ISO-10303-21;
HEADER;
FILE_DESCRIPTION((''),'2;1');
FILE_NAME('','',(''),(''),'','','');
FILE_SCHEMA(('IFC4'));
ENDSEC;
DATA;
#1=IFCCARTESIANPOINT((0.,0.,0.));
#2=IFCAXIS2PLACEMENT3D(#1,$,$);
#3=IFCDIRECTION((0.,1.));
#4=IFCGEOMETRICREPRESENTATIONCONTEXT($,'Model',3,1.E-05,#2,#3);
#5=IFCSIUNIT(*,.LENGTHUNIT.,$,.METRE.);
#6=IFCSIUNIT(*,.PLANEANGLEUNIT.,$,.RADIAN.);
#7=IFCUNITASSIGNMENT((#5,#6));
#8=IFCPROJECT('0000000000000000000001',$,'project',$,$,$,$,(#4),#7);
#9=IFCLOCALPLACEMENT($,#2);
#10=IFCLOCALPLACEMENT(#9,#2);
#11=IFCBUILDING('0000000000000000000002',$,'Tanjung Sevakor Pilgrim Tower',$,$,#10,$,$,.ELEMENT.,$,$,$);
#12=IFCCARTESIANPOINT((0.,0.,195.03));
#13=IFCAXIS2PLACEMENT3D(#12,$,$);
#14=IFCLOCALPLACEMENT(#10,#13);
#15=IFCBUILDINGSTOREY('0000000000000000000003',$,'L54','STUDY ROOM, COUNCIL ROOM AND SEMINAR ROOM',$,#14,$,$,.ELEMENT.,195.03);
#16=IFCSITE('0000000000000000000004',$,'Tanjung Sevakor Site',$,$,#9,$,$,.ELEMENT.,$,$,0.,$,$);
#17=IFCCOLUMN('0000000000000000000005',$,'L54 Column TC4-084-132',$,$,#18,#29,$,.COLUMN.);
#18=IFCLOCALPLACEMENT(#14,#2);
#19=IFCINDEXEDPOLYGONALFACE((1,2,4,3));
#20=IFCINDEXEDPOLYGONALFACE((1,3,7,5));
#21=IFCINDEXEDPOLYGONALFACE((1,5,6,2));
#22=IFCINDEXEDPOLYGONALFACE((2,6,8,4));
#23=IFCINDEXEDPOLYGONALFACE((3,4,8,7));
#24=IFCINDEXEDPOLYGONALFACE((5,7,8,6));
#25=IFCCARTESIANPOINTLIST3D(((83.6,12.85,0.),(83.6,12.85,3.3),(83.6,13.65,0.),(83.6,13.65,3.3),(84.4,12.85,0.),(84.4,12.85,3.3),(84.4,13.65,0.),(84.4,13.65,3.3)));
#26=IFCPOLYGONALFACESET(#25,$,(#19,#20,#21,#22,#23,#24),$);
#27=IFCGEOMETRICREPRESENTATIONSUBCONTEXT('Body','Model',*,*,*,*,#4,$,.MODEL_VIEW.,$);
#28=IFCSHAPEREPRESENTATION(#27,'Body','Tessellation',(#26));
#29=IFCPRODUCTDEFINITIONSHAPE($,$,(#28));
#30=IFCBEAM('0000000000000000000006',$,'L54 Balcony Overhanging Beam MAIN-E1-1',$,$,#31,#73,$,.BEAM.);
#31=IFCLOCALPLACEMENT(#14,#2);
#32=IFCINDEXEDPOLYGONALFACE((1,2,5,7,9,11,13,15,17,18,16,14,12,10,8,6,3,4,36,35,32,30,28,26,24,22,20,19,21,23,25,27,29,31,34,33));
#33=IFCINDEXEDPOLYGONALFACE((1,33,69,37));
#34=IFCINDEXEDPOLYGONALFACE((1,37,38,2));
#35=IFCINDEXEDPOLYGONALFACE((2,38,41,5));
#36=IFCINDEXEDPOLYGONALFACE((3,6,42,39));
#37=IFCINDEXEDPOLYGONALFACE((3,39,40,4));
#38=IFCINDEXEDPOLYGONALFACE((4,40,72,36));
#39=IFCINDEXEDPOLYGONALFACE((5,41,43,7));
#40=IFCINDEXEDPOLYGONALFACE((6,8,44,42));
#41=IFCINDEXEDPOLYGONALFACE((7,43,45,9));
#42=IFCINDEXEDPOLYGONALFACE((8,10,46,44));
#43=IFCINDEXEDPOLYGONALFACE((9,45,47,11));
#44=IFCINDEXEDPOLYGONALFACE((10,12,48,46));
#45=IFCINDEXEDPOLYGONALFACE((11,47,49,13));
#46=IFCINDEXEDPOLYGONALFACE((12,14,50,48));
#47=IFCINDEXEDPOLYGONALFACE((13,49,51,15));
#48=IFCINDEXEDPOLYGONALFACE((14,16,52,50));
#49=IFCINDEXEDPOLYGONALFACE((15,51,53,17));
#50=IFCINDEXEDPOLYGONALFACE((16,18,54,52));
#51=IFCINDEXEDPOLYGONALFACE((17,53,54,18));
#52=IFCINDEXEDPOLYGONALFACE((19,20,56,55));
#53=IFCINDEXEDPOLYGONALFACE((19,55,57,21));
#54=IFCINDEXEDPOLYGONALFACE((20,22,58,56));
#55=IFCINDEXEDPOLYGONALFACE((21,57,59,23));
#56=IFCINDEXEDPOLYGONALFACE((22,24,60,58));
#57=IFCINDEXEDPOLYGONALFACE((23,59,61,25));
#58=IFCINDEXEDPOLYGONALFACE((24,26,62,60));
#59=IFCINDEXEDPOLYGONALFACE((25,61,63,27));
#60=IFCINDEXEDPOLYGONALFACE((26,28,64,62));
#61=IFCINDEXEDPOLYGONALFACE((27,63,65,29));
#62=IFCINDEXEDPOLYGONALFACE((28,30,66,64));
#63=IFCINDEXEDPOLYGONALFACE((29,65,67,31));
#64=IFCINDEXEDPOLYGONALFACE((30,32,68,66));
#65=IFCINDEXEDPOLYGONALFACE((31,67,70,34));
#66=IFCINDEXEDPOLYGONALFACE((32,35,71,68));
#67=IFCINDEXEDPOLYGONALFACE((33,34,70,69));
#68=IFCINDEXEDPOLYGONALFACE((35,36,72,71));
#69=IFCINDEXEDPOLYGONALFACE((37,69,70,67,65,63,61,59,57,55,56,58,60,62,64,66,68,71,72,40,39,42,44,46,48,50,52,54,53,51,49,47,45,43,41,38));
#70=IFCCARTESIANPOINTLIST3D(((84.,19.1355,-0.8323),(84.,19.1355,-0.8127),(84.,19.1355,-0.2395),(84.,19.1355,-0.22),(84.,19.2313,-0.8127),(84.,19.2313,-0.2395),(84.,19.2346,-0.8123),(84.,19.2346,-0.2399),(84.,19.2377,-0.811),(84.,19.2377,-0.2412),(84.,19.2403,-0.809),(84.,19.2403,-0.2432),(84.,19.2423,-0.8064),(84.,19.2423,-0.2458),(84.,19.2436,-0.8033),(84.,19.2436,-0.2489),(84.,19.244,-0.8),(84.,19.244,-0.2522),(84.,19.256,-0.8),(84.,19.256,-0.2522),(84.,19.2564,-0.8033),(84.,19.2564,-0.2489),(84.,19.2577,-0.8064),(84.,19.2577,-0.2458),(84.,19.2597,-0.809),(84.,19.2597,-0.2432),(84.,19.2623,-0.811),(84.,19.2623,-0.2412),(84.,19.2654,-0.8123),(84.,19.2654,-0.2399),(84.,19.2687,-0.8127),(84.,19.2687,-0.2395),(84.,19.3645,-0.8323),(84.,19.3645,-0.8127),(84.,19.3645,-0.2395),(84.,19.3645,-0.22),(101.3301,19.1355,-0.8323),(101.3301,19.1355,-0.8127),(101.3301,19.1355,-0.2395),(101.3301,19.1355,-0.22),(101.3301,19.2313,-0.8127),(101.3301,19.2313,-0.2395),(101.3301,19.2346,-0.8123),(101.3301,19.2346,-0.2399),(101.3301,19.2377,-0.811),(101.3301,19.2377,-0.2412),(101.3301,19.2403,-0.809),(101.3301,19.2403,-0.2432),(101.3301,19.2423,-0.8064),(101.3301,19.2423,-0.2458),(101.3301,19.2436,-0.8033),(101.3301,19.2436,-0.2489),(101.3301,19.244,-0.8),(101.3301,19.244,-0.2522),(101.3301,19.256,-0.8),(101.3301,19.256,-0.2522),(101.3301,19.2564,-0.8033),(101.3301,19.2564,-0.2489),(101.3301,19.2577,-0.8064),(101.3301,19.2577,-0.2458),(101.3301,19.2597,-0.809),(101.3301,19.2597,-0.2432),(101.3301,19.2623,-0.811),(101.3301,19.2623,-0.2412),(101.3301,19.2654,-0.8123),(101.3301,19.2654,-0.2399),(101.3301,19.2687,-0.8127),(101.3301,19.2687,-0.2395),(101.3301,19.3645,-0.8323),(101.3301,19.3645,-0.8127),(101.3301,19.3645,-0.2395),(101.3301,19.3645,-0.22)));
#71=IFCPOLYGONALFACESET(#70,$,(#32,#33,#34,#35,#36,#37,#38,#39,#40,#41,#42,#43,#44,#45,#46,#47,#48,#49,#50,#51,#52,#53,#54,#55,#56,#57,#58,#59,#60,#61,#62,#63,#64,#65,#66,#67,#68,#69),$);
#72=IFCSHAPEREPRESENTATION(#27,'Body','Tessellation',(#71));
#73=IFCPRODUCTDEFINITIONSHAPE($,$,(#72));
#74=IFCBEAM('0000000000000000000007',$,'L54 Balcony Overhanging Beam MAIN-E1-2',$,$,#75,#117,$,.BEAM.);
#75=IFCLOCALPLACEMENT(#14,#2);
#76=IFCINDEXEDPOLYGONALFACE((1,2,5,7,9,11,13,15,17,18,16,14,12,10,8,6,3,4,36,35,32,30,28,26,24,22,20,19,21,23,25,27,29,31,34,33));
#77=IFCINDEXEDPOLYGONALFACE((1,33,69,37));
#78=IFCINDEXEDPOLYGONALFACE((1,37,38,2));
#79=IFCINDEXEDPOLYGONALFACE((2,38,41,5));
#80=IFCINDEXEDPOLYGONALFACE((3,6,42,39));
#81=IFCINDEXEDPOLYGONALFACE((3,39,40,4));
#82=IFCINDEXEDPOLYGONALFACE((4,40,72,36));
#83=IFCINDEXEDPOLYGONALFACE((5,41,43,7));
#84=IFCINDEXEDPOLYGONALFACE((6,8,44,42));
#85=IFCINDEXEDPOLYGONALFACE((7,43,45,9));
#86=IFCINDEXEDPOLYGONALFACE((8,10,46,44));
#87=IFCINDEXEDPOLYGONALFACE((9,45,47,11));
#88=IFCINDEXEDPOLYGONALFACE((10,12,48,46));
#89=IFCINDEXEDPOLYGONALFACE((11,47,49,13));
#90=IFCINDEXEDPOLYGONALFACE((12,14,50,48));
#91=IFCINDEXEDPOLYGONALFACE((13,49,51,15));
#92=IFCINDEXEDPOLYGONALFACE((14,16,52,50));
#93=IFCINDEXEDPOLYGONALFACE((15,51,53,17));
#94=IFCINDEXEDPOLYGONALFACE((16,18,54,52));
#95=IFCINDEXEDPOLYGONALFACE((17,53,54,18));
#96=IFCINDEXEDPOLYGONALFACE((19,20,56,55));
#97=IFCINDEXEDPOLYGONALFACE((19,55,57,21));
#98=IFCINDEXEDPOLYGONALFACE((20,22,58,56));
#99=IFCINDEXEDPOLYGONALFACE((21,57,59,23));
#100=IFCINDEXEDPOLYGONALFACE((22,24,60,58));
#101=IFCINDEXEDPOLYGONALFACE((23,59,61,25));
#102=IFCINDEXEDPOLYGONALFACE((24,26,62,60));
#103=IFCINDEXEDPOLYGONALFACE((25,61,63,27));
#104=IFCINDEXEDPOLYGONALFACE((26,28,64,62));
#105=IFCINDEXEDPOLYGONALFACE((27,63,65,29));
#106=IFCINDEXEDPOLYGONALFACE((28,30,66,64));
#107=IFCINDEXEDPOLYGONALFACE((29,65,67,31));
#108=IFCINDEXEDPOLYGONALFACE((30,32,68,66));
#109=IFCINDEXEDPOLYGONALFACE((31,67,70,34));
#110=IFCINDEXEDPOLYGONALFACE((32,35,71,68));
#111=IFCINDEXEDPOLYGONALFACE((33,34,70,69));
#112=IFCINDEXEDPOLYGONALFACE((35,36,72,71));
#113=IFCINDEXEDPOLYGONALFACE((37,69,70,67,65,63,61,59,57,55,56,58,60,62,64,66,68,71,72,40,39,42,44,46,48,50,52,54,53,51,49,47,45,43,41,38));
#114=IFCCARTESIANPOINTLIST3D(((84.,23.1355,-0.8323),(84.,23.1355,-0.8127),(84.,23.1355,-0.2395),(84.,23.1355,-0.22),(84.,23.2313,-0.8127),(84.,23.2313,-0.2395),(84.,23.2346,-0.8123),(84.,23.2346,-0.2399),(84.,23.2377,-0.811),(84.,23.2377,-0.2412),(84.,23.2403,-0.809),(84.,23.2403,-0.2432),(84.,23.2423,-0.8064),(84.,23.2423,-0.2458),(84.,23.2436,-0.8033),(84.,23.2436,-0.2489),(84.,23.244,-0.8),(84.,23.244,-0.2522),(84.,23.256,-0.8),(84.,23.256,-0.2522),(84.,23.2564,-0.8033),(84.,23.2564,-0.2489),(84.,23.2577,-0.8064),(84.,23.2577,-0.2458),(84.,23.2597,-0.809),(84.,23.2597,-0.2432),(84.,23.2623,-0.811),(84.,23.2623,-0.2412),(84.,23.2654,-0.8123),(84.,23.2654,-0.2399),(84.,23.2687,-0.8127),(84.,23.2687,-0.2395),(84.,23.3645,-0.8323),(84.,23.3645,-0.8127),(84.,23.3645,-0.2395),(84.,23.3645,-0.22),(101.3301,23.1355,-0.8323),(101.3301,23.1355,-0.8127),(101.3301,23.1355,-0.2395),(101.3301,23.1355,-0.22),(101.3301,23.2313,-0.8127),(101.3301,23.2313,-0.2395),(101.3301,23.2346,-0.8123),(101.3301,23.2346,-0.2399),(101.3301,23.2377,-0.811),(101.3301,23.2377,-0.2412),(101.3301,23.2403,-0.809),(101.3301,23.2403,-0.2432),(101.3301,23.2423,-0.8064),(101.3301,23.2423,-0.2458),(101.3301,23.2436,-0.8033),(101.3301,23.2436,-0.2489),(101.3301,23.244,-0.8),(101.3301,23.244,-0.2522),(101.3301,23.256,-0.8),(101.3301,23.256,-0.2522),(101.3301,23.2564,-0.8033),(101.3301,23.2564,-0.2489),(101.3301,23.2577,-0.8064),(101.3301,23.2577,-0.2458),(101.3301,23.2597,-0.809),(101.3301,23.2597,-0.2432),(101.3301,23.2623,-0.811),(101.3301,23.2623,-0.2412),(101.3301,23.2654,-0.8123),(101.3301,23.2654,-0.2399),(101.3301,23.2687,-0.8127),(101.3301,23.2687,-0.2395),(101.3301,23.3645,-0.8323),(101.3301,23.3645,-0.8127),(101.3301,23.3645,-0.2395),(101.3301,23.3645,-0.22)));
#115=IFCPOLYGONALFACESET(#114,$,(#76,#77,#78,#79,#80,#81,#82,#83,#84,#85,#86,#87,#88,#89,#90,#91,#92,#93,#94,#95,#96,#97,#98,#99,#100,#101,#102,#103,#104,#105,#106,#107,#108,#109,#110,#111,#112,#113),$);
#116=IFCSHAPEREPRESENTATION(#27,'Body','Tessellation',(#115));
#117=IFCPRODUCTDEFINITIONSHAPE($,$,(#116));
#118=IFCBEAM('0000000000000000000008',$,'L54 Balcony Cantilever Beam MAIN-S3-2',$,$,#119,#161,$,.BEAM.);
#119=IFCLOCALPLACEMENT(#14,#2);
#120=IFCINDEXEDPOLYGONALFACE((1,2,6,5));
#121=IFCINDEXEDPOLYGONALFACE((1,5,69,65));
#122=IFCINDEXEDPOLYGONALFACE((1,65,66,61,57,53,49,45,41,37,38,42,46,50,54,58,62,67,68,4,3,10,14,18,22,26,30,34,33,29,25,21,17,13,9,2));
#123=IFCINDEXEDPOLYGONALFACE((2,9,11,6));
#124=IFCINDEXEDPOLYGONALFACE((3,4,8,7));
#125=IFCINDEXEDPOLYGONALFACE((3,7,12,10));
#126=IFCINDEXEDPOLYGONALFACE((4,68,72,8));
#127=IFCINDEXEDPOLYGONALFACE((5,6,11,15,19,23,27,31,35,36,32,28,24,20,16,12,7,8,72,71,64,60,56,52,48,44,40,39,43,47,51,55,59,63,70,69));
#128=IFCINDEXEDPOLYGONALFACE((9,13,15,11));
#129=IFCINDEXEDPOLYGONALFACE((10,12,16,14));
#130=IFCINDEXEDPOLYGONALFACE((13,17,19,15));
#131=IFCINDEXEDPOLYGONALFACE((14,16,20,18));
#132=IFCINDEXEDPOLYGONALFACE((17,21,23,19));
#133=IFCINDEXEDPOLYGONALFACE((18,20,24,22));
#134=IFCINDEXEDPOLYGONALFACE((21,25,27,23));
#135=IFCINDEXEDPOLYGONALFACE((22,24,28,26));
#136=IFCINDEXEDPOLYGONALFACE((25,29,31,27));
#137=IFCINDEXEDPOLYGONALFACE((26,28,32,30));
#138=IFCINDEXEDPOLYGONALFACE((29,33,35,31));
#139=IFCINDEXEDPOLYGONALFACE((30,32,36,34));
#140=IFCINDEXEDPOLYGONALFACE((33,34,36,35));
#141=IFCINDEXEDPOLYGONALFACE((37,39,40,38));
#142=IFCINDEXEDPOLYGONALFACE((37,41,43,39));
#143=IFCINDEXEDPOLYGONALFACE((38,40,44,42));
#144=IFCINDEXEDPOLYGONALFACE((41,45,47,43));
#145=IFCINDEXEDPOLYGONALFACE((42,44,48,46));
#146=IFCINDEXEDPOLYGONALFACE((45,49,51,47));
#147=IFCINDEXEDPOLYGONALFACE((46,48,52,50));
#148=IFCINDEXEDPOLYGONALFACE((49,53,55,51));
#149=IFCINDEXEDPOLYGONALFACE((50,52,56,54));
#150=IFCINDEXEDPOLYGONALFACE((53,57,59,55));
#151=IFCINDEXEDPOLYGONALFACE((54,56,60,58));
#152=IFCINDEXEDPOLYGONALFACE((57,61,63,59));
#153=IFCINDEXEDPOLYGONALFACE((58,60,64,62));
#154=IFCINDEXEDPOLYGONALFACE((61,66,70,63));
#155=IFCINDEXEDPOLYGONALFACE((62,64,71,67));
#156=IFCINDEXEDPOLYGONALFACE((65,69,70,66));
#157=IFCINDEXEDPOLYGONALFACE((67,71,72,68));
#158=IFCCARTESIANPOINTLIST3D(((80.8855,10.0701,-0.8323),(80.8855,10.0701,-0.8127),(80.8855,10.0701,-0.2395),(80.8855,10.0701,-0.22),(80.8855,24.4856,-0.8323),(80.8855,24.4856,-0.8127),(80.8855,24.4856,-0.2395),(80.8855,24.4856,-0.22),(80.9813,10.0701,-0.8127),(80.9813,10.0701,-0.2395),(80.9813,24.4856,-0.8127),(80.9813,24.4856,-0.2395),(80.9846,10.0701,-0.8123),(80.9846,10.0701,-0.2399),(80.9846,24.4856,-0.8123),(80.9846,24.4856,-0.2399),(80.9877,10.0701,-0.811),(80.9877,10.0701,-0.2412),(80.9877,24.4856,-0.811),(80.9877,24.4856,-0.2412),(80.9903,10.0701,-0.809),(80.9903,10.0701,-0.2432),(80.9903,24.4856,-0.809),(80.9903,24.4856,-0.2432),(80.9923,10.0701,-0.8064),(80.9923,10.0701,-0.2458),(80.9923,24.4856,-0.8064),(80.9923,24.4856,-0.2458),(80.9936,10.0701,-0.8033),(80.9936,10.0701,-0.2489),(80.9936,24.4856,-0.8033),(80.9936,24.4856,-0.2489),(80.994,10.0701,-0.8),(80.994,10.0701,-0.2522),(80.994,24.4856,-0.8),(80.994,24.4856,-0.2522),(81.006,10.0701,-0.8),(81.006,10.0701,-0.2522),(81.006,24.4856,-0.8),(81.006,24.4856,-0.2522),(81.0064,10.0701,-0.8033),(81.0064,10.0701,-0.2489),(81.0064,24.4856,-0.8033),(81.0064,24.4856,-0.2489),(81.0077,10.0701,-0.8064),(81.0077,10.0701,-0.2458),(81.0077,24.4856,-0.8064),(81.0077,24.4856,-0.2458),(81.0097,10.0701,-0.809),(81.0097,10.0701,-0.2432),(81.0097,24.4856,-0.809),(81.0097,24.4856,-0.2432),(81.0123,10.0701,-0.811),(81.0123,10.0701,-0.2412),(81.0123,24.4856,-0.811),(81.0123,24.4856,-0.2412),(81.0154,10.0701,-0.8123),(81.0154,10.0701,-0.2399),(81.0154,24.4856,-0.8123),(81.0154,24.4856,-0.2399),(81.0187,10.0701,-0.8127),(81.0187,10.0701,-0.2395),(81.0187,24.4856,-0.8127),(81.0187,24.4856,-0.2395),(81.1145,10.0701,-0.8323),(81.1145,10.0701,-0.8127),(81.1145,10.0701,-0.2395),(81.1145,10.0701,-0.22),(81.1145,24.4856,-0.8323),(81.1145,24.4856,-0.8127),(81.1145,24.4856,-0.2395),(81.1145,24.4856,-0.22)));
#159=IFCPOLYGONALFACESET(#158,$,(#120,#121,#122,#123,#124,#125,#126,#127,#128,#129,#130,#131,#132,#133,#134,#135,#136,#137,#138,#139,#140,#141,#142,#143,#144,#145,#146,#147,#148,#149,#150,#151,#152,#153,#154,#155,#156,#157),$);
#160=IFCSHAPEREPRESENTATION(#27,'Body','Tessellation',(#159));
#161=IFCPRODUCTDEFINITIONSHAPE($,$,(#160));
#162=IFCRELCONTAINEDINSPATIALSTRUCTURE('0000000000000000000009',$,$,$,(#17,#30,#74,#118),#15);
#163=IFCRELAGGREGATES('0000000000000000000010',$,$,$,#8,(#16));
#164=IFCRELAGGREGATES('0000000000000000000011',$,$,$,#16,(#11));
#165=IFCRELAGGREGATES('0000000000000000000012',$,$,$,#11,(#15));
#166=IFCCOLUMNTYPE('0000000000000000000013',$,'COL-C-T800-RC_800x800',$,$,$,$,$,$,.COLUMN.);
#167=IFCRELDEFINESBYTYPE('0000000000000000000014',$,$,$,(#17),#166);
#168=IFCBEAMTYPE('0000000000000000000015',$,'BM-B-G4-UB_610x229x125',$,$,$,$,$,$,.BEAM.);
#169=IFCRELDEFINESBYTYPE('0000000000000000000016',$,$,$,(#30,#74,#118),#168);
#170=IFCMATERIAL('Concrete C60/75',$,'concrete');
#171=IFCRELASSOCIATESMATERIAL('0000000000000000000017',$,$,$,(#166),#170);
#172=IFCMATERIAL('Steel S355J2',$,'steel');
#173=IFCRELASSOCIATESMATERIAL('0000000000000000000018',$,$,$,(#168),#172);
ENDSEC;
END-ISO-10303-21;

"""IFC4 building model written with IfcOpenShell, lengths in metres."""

from ifc_helpers import new_model, si_unit, direction, frame, origin, origin_2d, place, context, subcontext, project, spatial, rectangle, i_section, extrude, material, material_profile, profile_set, type_object, element, save


model = new_model("IFC4")

# Units and contexts
model_context = context("Model", 3, precision=1e-05, world=origin(), true_north=direction((0.0, 1.0)))
body_context = subcontext(model_context, "Body", "Model", "MODEL_VIEW")
ifc_project = project(units=[si_unit("LENGTHUNIT", "METRE"), si_unit("PLANEANGLEUNIT", "RADIAN")], contexts=[model_context])

# Site, building, storey
site_placement = place(None, origin())
site = spatial("IfcSite", under=ifc_project, at=site_placement, Name="Tanjung Sevakor Site", CompositionType="ELEMENT", RefElevation=0.0)
building_placement = place(site_placement, origin())
building = spatial("IfcBuilding", under=site, at=building_placement, Name="Tanjung Sevakor Pilgrim Tower", CompositionType="ELEMENT")
storey_placement = place(building_placement, frame((0.0, 0.0, 195.03)))
storey = spatial("IfcBuildingStorey", under=building, at=storey_placement, Name="L54", Description="STUDY ROOM, COUNCIL ROOM AND SEMINAR ROOM", CompositionType="ELEMENT", Elevation=195.03)

# Column
ifc_material_1 = material(Name="Concrete C60/75", Category="concrete")
ifc_material_profile_1 = material_profile(ifc_material_1, rectangle(XDim=0.8, YDim=0.8, at=origin_2d()))
ifc_profile_set_1 = profile_set([ifc_material_profile_1], Name="Concrete C60/75")
column_type = type_object("IfcColumnType", Name="COL-C-T800-RC_800x800", PredefinedType="COLUMN", material=ifc_profile_set_1)
column_placement = place(storey_placement, frame((84.0, 13.25, 0.0), z_axis=(0.0, 0.0, 1.0), x_axis=(1.0, 0.0, 0.0)))
element("IfcColumn", 1, at=column_placement, inside=storey, type_object=column_type, Name="L54 Column TC4-084-132", PredefinedType="COLUMN", context=body_context, shape_type="SweptSolid", body=[
    extrude(rectangle(XDim=0.8, YDim=0.8, at=origin_2d()), origin(), (0.0, 0.0, 1.0), 3.3),
])

# Beams
ifc_material_2 = material(Name="Steel S355J2", Category="steel")
ifc_material_profile_2 = material_profile(ifc_material_2, i_section(OverallWidth=0.229, OverallDepth=0.6123, WebThickness=0.012, FlangeThickness=0.0195, FilletRadius=0.0127, at=origin_2d()))
ifc_profile_set_2 = profile_set([ifc_material_profile_2], Name="Steel S355J2")
beam_type_1 = type_object("IfcBeamType", Name="BM-B-G4-UB_610x229x125", PredefinedType="BEAM", material=ifc_profile_set_2)
for number, where, z_axis, x_axis, name in (
    (2, (84.0, 19.25, -0.5261), (1.0, 0.0, 0.0), (0.0, 1.0, 0.0), "L54 Balcony Overhanging Beam MAIN-E1-1"),
    (3, (84.0, 23.25, -0.5261), (1.0, 0.0, 0.0), (0.0, 1.0, 0.0), "L54 Balcony Overhanging Beam MAIN-E1-2"),
):
    element("IfcBeam", number, at=place(storey_placement, frame(where, z_axis=z_axis, x_axis=x_axis)), inside=storey, type_object=beam_type_1, Name=name, PredefinedType="BEAM", context=body_context, shape_type="SweptSolid", body=[
        extrude(i_section(OverallWidth=0.229, OverallDepth=0.6123, WebThickness=0.012, FlangeThickness=0.0195, FilletRadius=0.0127, at=origin_2d()), origin(), (0.0, 0.0, 1.0), 17.3301),
    ])
beam_1_placement = place(storey_placement, frame((81.0, 24.4856, -0.5261), z_axis=(0.0, -1.0, 0.0), x_axis=(1.0, 0.0, 0.0)))
element("IfcBeam", 4, at=beam_1_placement, inside=storey, type_object=beam_type_1, Name="L54 Balcony Cantilever Beam MAIN-S3-2", PredefinedType="BEAM", context=body_context, shape_type="SweptSolid", body=[
    extrude(i_section(OverallWidth=0.229, OverallDepth=0.6123, WebThickness=0.012, FlangeThickness=0.0195, FilletRadius=0.0127, at=origin_2d()), origin(), (0.0, 0.0, 1.0), 14.4155),
])

save(model, "model.ifc")
